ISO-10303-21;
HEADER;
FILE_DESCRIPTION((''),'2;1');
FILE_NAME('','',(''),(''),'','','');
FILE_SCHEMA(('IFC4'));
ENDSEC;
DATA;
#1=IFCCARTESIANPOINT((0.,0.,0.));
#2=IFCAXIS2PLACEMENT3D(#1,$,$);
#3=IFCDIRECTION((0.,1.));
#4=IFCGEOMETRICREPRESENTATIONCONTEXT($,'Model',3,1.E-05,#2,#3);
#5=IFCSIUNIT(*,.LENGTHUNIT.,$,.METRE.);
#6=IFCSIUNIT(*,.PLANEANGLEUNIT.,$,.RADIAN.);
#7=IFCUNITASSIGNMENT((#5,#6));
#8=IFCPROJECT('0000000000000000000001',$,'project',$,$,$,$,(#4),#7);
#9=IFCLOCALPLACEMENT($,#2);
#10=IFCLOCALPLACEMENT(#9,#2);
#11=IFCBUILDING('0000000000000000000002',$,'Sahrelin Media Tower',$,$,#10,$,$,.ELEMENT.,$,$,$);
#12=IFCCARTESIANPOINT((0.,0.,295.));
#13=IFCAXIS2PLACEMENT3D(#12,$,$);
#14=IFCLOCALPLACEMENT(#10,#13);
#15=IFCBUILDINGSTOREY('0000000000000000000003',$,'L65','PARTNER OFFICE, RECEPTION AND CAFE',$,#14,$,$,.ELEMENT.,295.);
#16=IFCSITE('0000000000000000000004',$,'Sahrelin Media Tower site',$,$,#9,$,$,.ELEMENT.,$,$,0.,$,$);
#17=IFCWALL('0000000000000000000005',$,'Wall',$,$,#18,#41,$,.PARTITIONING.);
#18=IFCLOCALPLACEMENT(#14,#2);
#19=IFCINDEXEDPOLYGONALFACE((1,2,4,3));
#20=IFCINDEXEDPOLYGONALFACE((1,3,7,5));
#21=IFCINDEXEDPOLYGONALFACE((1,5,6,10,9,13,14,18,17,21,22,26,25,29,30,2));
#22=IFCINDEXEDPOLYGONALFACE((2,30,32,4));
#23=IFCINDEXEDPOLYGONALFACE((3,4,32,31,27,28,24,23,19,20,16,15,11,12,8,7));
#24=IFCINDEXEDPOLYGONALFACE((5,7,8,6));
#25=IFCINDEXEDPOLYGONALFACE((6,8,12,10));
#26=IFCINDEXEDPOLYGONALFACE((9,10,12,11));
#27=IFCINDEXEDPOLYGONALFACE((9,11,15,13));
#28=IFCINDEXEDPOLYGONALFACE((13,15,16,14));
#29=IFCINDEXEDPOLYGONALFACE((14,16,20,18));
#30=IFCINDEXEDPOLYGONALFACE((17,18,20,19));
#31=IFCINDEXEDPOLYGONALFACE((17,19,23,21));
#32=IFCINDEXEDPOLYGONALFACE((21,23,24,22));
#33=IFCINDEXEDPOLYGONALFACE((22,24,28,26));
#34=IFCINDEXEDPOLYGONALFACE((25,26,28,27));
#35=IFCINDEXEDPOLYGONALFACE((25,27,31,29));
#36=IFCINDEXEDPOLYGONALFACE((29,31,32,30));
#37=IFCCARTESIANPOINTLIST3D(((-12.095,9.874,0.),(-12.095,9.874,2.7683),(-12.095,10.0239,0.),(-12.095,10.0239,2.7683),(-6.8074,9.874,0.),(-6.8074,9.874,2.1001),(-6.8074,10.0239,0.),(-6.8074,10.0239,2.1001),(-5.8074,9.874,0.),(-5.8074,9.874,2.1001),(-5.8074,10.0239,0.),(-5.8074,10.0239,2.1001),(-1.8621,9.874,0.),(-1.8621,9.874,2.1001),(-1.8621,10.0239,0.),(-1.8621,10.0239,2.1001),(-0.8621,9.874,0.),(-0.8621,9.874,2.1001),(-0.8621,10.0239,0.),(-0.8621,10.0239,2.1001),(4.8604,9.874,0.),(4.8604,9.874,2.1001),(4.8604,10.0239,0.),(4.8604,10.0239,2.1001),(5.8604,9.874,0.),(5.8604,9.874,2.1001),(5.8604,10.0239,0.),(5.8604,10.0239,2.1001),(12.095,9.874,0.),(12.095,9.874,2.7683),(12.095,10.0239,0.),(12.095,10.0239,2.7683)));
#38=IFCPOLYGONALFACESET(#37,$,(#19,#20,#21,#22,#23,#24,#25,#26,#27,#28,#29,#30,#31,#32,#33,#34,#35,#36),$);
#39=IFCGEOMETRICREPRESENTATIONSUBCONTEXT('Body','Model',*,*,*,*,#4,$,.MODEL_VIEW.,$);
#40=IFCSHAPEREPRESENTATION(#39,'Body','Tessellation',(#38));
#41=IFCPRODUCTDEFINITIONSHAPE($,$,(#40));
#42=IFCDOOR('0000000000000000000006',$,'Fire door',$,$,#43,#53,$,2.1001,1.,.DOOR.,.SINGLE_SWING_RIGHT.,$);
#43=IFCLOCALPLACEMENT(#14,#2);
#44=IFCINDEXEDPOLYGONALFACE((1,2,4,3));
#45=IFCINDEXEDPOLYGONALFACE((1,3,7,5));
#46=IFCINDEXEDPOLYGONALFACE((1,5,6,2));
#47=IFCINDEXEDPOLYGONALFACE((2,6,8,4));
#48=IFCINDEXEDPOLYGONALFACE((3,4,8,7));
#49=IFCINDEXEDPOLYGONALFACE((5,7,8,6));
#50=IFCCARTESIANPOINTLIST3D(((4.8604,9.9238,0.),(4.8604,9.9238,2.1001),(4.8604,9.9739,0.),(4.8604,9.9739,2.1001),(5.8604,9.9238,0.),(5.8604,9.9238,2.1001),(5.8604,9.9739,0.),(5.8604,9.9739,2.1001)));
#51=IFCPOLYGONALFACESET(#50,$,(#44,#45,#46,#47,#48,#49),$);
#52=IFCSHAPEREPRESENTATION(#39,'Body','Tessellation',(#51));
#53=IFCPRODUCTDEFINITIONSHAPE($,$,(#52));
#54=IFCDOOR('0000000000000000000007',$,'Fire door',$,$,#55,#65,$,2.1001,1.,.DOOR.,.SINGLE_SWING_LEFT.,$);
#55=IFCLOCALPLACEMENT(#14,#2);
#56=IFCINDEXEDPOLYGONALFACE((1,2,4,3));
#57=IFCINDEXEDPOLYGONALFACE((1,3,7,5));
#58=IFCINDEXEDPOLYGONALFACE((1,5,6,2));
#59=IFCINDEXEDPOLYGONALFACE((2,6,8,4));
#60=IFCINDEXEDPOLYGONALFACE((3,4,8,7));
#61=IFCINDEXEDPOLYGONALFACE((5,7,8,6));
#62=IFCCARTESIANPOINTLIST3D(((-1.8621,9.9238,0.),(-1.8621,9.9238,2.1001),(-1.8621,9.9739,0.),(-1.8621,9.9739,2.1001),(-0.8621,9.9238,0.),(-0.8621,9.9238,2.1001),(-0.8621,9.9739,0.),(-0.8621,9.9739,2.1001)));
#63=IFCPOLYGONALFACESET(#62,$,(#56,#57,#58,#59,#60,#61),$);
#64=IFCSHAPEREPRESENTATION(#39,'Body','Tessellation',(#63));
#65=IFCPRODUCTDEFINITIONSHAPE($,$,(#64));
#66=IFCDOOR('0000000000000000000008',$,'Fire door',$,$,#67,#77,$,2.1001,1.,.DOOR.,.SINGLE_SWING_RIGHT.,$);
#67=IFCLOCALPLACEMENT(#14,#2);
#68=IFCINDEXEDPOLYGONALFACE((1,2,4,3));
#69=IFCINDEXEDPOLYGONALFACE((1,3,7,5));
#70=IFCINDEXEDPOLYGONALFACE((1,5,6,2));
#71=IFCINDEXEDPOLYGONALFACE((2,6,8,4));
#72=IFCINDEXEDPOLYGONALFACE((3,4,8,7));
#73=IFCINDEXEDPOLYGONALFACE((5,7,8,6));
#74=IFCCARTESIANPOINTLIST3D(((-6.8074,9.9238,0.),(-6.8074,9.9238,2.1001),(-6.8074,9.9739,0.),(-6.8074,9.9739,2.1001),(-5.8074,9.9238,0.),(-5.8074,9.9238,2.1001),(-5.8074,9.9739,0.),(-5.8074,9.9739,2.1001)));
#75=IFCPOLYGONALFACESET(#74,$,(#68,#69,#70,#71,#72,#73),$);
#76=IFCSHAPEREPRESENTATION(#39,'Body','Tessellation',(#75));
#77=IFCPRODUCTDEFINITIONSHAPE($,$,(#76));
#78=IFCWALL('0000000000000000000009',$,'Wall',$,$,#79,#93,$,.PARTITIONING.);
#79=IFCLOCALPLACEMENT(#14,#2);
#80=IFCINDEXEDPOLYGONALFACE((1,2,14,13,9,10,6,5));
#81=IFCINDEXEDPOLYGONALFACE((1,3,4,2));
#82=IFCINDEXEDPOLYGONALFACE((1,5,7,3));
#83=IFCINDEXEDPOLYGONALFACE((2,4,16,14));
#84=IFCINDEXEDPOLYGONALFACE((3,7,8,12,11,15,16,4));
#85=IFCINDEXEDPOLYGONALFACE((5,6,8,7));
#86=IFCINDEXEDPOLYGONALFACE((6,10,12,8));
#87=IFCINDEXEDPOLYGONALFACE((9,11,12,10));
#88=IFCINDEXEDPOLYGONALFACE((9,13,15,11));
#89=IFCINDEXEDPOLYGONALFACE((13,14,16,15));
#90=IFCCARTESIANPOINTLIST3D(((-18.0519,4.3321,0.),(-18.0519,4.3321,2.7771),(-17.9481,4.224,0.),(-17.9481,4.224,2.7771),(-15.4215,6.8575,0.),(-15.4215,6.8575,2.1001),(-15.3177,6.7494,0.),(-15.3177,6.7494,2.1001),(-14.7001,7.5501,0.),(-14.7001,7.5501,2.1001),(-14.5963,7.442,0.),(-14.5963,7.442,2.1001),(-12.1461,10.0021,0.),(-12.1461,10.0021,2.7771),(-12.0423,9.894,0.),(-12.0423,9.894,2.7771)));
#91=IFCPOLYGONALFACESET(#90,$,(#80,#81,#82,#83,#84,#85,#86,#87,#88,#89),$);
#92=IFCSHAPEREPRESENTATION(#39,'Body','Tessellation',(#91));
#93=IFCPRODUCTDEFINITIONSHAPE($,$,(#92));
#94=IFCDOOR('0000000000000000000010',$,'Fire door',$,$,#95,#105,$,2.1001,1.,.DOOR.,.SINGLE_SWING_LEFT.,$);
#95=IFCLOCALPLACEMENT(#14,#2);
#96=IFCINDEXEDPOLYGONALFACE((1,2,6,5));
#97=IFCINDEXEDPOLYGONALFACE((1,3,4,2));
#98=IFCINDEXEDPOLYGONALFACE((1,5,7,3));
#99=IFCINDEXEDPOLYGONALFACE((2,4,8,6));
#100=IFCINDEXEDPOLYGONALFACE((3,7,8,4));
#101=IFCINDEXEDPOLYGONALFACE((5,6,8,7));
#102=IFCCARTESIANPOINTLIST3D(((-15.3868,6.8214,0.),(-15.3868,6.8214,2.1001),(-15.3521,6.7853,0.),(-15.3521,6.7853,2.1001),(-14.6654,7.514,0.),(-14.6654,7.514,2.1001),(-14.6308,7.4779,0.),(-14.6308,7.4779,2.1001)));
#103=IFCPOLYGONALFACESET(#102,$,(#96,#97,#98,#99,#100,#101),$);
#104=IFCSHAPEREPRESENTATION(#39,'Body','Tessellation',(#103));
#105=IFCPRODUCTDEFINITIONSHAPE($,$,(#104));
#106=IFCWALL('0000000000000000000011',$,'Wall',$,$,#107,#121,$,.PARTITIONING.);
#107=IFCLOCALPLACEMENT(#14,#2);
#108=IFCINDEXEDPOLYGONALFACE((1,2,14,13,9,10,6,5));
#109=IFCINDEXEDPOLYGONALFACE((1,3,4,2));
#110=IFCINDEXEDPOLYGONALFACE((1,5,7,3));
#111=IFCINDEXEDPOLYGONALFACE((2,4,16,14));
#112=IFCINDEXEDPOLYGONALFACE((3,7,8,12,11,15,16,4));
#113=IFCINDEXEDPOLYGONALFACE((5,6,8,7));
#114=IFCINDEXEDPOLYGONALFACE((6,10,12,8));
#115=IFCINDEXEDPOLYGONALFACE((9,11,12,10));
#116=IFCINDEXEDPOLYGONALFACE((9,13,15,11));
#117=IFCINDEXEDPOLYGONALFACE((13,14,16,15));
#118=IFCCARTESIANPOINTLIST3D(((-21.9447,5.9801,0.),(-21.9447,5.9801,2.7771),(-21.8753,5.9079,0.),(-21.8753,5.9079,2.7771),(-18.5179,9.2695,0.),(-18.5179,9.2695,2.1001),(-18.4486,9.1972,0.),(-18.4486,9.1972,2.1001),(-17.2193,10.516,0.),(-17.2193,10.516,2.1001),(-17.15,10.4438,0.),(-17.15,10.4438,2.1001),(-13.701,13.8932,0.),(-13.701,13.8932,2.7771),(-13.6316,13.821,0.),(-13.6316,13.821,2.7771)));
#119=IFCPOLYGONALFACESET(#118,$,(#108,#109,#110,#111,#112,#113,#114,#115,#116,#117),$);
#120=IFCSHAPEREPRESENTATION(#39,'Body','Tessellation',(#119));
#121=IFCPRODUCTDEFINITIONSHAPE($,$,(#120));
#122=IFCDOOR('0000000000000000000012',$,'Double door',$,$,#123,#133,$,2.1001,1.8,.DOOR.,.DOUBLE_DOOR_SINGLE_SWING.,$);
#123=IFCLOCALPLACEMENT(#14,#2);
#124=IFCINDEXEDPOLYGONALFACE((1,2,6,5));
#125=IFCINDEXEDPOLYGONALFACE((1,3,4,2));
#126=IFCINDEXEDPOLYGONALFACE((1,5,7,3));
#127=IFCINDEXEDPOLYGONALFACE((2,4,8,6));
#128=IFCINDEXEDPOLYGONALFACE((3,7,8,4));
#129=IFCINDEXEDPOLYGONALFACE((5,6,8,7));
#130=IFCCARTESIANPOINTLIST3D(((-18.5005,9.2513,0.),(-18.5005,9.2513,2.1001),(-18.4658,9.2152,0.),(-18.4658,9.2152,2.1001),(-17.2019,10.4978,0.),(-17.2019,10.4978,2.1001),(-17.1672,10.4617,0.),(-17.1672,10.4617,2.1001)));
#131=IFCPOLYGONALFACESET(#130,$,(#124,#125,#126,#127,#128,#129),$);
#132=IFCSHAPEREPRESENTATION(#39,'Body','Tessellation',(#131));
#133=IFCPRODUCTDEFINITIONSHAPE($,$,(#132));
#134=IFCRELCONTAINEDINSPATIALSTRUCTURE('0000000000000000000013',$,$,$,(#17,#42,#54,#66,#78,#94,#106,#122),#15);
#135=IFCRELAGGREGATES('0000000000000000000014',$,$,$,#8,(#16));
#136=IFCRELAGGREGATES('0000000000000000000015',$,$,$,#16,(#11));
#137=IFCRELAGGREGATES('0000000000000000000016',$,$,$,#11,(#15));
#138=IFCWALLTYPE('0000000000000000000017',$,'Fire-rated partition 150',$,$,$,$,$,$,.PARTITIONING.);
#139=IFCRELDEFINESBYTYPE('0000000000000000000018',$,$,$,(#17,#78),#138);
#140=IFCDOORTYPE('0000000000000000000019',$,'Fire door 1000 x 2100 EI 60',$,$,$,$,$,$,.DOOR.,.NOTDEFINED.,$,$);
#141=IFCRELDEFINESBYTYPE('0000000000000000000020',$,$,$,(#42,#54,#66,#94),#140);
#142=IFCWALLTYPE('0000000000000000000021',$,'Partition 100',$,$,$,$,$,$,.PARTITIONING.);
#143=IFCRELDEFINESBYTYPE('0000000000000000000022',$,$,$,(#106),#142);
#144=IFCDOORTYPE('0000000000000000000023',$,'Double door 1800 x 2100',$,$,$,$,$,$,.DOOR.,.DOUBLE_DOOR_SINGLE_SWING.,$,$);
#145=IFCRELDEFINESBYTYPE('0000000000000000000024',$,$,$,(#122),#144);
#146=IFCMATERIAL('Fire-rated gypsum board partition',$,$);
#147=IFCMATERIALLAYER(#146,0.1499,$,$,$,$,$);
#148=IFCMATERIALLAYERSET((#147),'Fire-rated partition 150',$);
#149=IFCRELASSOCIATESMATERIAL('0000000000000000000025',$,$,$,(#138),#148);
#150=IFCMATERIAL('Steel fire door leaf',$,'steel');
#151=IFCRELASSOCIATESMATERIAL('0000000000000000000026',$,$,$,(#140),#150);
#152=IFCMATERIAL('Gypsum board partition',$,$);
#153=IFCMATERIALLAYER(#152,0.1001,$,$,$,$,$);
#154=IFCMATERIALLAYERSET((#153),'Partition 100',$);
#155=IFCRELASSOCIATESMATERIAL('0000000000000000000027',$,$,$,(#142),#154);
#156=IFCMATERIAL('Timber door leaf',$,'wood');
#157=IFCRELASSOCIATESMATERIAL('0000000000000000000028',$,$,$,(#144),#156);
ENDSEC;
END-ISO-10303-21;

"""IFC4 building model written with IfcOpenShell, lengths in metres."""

from ifc_helpers import new_model, si_unit, direction, frame, frame_2d, origin, place, context, subcontext, project, spatial, rectangle, extrude, material, layer, layer_set, type_object, element, fill, save


model = new_model("IFC4")

# Units and contexts
model_context = context("Model", 3, precision=1e-05, world=origin(), true_north=direction((0.0, 1.0)))
body_context = subcontext(model_context, "Body", "Model", "MODEL_VIEW")
ifc_project = project(units=[si_unit("LENGTHUNIT", "METRE"), si_unit("PLANEANGLEUNIT", "RADIAN")], contexts=[model_context])

# Site, building, storey
site_placement = place(None, origin())
site = spatial("IfcSite", under=ifc_project, at=site_placement, Name="Sahrelin Media Tower site", CompositionType="ELEMENT", RefElevation=0.0)
building_placement = place(site_placement, origin())
building = spatial("IfcBuilding", under=site, at=building_placement, Name="Sahrelin Media Tower", CompositionType="ELEMENT")
storey_placement = place(building_placement, frame((0.0, 0.0, 295.0)))
storey = spatial("IfcBuildingStorey", under=building, at=storey_placement, Name="L65", Description="PARTNER OFFICE, RECEPTION AND CAFE", CompositionType="ELEMENT", Elevation=295.0)

# Shared definitions
ifc_material_1 = material(Name="Fire-rated gypsum board partition")
ifc_layer_1 = layer(ifc_material_1, 0.1499)
ifc_layer_set_1 = layer_set([ifc_layer_1], Name="Fire-rated partition 150")
wall_type_1 = type_object("IfcWallType", Name="Fire-rated partition 150", PredefinedType="PARTITIONING", material=ifc_layer_set_1)

# Wall, openings, doors
wall_1_placement = place(storey_placement, frame((-12.095, 9.949, 0.0), z_axis=(0.0, 0.0, 1.0), x_axis=(1.0, 0.0, 0.0)))
wall_1 = element("IfcWall", 1, at=wall_1_placement, inside=storey, type_object=wall_type_1, Name="Wall", PredefinedType="PARTITIONING", context=body_context, shape_type="SweptSolid", body=[
    extrude(rectangle(XDim=24.1899, YDim=0.1499, at=frame_2d((12.095, 0.0))), origin(), (0.0, 0.0, 1.0), 2.7683),
])
opening_1_placement = place(wall_1_placement, frame((16.9553, 0.0, 0.0)))
opening_1 = element("IfcOpeningElement", 2, at=opening_1_placement, cuts=wall_1, PredefinedType="OPENING", context=body_context, shape_type="SweptSolid", body=[
    extrude(rectangle(XDim=1.0, YDim=2.1001, at=frame_2d((0.5, 1.05))), frame((0.0, 0.075, 0.0), z_axis=(0.0, -1.0, 0.0), x_axis=(1.0, 0.0, 0.0)), (0.0, 0.0, 1.0), 0.1499),
])
opening_2_placement = place(wall_1_placement, frame((10.2329, 0.0, 0.0)))
opening_2 = element("IfcOpeningElement", 3, at=opening_2_placement, cuts=wall_1, PredefinedType="OPENING", context=body_context, shape_type="SweptSolid", body=[
    extrude(rectangle(XDim=1.0, YDim=2.1001, at=frame_2d((0.5, 1.05))), frame((0.0, 0.075, 0.0), z_axis=(0.0, -1.0, 0.0), x_axis=(1.0, 0.0, 0.0)), (0.0, 0.0, 1.0), 0.1499),
])
opening_3_placement = place(wall_1_placement, frame((5.2876, 0.0, 0.0)))
opening_3 = element("IfcOpeningElement", 4, at=opening_3_placement, cuts=wall_1, PredefinedType="OPENING", context=body_context, shape_type="SweptSolid", body=[
    extrude(rectangle(XDim=1.0, YDim=2.1001, at=frame_2d((0.5, 1.05))), frame((0.0, 0.075, 0.0), z_axis=(0.0, -1.0, 0.0), x_axis=(1.0, 0.0, 0.0)), (0.0, 0.0, 1.0), 0.1499),
])
ifc_material_2 = material(Name="Steel fire door leaf", Category="steel")
door_type_1 = type_object("IfcDoorType", Name="Fire door 1000 x 2100 EI 60", OperationType="NOTDEFINED", PredefinedType="DOOR", material=ifc_material_2)
door_1_placement = place(opening_1_placement, origin())
door_1 = element("IfcDoor", 5, at=door_1_placement, inside=storey, type_object=door_type_1, Name="Fire door", OperationType="SINGLE_SWING_RIGHT", OverallHeight=2.1001, OverallWidth=1.0, PredefinedType="DOOR", context=body_context, shape_type="SweptSolid", body=[
    extrude(rectangle(XDim=1.0, YDim=2.1001, at=frame_2d((0.5, 1.05))), frame((0.0, 0.0249, 0.0), z_axis=(0.0, -1.0, 0.0), x_axis=(1.0, 0.0, 0.0)), (0.0, 0.0, 1.0), 0.05),
])
fill(opening_1, door_1)
door_2_placement = place(opening_2_placement, origin())
door_2 = element("IfcDoor", 6, at=door_2_placement, inside=storey, type_object=door_type_1, Name="Fire door", OperationType="SINGLE_SWING_LEFT", OverallHeight=2.1001, OverallWidth=1.0, PredefinedType="DOOR", context=body_context, shape_type="SweptSolid", body=[
    extrude(rectangle(XDim=1.0, YDim=2.1001, at=frame_2d((0.5, 1.05))), frame((0.0, 0.0249, 0.0), z_axis=(0.0, -1.0, 0.0), x_axis=(1.0, 0.0, 0.0)), (0.0, 0.0, 1.0), 0.05),
])
fill(opening_2, door_2)
door_3_placement = place(opening_3_placement, origin())
door_3 = element("IfcDoor", 7, at=door_3_placement, inside=storey, type_object=door_type_1, Name="Fire door", OperationType="SINGLE_SWING_RIGHT", OverallHeight=2.1001, OverallWidth=1.0, PredefinedType="DOOR", context=body_context, shape_type="SweptSolid", body=[
    extrude(rectangle(XDim=1.0, YDim=2.1001, at=frame_2d((0.5, 1.05))), frame((0.0, 0.0249, 0.0), z_axis=(0.0, -1.0, 0.0), x_axis=(1.0, 0.0, 0.0)), (0.0, 0.0, 1.0), 0.05),
])
fill(opening_3, door_3)

# Walls, openings, doors
wall_2_placement = place(storey_placement, frame((-18.0, 4.2781, 0.0), z_axis=(0.0, 0.0, 1.0), x_axis=(0.721363, 0.692557, 0.0)))
wall_2 = element("IfcWall", 8, at=wall_2_placement, inside=storey, type_object=wall_type_1, Name="Wall", PredefinedType="PARTITIONING", context=body_context, shape_type="SweptSolid", body=[
    extrude(rectangle(XDim=8.187, YDim=0.1499, at=frame_2d((4.0935, 0.0))), origin(), (0.0, 0.0, 1.0), 2.7771),
])
opening_4_placement = place(wall_2_placement, frame((3.6465, 0.0, 0.0)))
opening_4 = element("IfcOpeningElement", 9, at=opening_4_placement, cuts=wall_2, PredefinedType="OPENING", context=body_context, shape_type="SweptSolid", body=[
    extrude(rectangle(XDim=1.0, YDim=2.1001, at=frame_2d((0.5, 1.05))), frame((0.0, 0.075, 0.0), z_axis=(0.0, -1.0, 0.0), x_axis=(1.0, 0.0, 0.0)), (0.0, 0.0, 1.0), 0.1499),
])
door_4_placement = place(opening_4_placement, origin())
door_4 = element("IfcDoor", 10, at=door_4_placement, inside=storey, type_object=door_type_1, Name="Fire door", OperationType="SINGLE_SWING_LEFT", OverallHeight=2.1001, OverallWidth=1.0, PredefinedType="DOOR", context=body_context, shape_type="SweptSolid", body=[
    extrude(rectangle(XDim=1.0, YDim=2.1001, at=frame_2d((0.5, 1.05))), frame((0.0, 0.0249, 0.0), z_axis=(0.0, -1.0, 0.0), x_axis=(1.0, 0.0, 0.0)), (0.0, 0.0, 1.0), 0.05),
])
fill(opening_4, door_4)
ifc_material_3 = material(Name="Gypsum board partition")
ifc_layer_2 = layer(ifc_material_3, 0.1001)
ifc_layer_set_2 = layer_set([ifc_layer_2], Name="Partition 100")
wall_type_2 = type_object("IfcWallType", Name="Partition 100", PredefinedType="PARTITIONING", material=ifc_layer_set_2)
wall_3_placement = place(storey_placement, frame((-21.9099, 5.9441, 0.0), z_axis=(0.0, 0.0, 1.0), x_axis=(0.721423, 0.692494, 0.0)))
wall_3 = element("IfcWall", 11, at=wall_3_placement, inside=storey, type_object=wall_type_2, Name="Wall", PredefinedType="PARTITIONING", context=body_context, shape_type="SweptSolid", body=[
    extrude(rectangle(XDim=11.427, YDim=0.1001, at=frame_2d((5.7134, 0.0))), origin(), (0.0, 0.0, 1.0), 2.7771),
])
opening_5_placement = place(wall_3_placement, frame((4.75, 0.0, 0.0)))
opening_5 = element("IfcOpeningElement", 12, at=opening_5_placement, cuts=wall_3, PredefinedType="OPENING", context=body_context, shape_type="SweptSolid", body=[
    extrude(rectangle(XDim=1.8, YDim=2.1001, at=frame_2d((0.8999, 1.05))), frame((0.0, 0.05, 0.0), z_axis=(0.0, -1.0, 0.0), x_axis=(1.0, 0.0, 0.0)), (0.0, 0.0, 1.0), 0.1001),
])
ifc_material_4 = material(Name="Timber door leaf", Category="wood")
door_type_2 = type_object("IfcDoorType", Name="Double door 1800 x 2100", OperationType="DOUBLE_DOOR_SINGLE_SWING", PredefinedType="DOOR", material=ifc_material_4)
door_5_placement = place(opening_5_placement, origin())
door_5 = element("IfcDoor", 13, at=door_5_placement, inside=storey, type_object=door_type_2, Name="Double door", OperationType="DOUBLE_DOOR_SINGLE_SWING", OverallHeight=2.1001, OverallWidth=1.8, PredefinedType="DOOR", context=body_context, shape_type="SweptSolid", body=[
    extrude(rectangle(XDim=1.8, YDim=2.1001, at=frame_2d((0.8999, 1.05))), frame((0.0, 0.0249, 0.0), z_axis=(0.0, -1.0, 0.0), x_axis=(1.0, 0.0, 0.0)), (0.0, 0.0, 1.0), 0.05),
])
fill(opening_5, door_5)

save(model, "model.ifc")
